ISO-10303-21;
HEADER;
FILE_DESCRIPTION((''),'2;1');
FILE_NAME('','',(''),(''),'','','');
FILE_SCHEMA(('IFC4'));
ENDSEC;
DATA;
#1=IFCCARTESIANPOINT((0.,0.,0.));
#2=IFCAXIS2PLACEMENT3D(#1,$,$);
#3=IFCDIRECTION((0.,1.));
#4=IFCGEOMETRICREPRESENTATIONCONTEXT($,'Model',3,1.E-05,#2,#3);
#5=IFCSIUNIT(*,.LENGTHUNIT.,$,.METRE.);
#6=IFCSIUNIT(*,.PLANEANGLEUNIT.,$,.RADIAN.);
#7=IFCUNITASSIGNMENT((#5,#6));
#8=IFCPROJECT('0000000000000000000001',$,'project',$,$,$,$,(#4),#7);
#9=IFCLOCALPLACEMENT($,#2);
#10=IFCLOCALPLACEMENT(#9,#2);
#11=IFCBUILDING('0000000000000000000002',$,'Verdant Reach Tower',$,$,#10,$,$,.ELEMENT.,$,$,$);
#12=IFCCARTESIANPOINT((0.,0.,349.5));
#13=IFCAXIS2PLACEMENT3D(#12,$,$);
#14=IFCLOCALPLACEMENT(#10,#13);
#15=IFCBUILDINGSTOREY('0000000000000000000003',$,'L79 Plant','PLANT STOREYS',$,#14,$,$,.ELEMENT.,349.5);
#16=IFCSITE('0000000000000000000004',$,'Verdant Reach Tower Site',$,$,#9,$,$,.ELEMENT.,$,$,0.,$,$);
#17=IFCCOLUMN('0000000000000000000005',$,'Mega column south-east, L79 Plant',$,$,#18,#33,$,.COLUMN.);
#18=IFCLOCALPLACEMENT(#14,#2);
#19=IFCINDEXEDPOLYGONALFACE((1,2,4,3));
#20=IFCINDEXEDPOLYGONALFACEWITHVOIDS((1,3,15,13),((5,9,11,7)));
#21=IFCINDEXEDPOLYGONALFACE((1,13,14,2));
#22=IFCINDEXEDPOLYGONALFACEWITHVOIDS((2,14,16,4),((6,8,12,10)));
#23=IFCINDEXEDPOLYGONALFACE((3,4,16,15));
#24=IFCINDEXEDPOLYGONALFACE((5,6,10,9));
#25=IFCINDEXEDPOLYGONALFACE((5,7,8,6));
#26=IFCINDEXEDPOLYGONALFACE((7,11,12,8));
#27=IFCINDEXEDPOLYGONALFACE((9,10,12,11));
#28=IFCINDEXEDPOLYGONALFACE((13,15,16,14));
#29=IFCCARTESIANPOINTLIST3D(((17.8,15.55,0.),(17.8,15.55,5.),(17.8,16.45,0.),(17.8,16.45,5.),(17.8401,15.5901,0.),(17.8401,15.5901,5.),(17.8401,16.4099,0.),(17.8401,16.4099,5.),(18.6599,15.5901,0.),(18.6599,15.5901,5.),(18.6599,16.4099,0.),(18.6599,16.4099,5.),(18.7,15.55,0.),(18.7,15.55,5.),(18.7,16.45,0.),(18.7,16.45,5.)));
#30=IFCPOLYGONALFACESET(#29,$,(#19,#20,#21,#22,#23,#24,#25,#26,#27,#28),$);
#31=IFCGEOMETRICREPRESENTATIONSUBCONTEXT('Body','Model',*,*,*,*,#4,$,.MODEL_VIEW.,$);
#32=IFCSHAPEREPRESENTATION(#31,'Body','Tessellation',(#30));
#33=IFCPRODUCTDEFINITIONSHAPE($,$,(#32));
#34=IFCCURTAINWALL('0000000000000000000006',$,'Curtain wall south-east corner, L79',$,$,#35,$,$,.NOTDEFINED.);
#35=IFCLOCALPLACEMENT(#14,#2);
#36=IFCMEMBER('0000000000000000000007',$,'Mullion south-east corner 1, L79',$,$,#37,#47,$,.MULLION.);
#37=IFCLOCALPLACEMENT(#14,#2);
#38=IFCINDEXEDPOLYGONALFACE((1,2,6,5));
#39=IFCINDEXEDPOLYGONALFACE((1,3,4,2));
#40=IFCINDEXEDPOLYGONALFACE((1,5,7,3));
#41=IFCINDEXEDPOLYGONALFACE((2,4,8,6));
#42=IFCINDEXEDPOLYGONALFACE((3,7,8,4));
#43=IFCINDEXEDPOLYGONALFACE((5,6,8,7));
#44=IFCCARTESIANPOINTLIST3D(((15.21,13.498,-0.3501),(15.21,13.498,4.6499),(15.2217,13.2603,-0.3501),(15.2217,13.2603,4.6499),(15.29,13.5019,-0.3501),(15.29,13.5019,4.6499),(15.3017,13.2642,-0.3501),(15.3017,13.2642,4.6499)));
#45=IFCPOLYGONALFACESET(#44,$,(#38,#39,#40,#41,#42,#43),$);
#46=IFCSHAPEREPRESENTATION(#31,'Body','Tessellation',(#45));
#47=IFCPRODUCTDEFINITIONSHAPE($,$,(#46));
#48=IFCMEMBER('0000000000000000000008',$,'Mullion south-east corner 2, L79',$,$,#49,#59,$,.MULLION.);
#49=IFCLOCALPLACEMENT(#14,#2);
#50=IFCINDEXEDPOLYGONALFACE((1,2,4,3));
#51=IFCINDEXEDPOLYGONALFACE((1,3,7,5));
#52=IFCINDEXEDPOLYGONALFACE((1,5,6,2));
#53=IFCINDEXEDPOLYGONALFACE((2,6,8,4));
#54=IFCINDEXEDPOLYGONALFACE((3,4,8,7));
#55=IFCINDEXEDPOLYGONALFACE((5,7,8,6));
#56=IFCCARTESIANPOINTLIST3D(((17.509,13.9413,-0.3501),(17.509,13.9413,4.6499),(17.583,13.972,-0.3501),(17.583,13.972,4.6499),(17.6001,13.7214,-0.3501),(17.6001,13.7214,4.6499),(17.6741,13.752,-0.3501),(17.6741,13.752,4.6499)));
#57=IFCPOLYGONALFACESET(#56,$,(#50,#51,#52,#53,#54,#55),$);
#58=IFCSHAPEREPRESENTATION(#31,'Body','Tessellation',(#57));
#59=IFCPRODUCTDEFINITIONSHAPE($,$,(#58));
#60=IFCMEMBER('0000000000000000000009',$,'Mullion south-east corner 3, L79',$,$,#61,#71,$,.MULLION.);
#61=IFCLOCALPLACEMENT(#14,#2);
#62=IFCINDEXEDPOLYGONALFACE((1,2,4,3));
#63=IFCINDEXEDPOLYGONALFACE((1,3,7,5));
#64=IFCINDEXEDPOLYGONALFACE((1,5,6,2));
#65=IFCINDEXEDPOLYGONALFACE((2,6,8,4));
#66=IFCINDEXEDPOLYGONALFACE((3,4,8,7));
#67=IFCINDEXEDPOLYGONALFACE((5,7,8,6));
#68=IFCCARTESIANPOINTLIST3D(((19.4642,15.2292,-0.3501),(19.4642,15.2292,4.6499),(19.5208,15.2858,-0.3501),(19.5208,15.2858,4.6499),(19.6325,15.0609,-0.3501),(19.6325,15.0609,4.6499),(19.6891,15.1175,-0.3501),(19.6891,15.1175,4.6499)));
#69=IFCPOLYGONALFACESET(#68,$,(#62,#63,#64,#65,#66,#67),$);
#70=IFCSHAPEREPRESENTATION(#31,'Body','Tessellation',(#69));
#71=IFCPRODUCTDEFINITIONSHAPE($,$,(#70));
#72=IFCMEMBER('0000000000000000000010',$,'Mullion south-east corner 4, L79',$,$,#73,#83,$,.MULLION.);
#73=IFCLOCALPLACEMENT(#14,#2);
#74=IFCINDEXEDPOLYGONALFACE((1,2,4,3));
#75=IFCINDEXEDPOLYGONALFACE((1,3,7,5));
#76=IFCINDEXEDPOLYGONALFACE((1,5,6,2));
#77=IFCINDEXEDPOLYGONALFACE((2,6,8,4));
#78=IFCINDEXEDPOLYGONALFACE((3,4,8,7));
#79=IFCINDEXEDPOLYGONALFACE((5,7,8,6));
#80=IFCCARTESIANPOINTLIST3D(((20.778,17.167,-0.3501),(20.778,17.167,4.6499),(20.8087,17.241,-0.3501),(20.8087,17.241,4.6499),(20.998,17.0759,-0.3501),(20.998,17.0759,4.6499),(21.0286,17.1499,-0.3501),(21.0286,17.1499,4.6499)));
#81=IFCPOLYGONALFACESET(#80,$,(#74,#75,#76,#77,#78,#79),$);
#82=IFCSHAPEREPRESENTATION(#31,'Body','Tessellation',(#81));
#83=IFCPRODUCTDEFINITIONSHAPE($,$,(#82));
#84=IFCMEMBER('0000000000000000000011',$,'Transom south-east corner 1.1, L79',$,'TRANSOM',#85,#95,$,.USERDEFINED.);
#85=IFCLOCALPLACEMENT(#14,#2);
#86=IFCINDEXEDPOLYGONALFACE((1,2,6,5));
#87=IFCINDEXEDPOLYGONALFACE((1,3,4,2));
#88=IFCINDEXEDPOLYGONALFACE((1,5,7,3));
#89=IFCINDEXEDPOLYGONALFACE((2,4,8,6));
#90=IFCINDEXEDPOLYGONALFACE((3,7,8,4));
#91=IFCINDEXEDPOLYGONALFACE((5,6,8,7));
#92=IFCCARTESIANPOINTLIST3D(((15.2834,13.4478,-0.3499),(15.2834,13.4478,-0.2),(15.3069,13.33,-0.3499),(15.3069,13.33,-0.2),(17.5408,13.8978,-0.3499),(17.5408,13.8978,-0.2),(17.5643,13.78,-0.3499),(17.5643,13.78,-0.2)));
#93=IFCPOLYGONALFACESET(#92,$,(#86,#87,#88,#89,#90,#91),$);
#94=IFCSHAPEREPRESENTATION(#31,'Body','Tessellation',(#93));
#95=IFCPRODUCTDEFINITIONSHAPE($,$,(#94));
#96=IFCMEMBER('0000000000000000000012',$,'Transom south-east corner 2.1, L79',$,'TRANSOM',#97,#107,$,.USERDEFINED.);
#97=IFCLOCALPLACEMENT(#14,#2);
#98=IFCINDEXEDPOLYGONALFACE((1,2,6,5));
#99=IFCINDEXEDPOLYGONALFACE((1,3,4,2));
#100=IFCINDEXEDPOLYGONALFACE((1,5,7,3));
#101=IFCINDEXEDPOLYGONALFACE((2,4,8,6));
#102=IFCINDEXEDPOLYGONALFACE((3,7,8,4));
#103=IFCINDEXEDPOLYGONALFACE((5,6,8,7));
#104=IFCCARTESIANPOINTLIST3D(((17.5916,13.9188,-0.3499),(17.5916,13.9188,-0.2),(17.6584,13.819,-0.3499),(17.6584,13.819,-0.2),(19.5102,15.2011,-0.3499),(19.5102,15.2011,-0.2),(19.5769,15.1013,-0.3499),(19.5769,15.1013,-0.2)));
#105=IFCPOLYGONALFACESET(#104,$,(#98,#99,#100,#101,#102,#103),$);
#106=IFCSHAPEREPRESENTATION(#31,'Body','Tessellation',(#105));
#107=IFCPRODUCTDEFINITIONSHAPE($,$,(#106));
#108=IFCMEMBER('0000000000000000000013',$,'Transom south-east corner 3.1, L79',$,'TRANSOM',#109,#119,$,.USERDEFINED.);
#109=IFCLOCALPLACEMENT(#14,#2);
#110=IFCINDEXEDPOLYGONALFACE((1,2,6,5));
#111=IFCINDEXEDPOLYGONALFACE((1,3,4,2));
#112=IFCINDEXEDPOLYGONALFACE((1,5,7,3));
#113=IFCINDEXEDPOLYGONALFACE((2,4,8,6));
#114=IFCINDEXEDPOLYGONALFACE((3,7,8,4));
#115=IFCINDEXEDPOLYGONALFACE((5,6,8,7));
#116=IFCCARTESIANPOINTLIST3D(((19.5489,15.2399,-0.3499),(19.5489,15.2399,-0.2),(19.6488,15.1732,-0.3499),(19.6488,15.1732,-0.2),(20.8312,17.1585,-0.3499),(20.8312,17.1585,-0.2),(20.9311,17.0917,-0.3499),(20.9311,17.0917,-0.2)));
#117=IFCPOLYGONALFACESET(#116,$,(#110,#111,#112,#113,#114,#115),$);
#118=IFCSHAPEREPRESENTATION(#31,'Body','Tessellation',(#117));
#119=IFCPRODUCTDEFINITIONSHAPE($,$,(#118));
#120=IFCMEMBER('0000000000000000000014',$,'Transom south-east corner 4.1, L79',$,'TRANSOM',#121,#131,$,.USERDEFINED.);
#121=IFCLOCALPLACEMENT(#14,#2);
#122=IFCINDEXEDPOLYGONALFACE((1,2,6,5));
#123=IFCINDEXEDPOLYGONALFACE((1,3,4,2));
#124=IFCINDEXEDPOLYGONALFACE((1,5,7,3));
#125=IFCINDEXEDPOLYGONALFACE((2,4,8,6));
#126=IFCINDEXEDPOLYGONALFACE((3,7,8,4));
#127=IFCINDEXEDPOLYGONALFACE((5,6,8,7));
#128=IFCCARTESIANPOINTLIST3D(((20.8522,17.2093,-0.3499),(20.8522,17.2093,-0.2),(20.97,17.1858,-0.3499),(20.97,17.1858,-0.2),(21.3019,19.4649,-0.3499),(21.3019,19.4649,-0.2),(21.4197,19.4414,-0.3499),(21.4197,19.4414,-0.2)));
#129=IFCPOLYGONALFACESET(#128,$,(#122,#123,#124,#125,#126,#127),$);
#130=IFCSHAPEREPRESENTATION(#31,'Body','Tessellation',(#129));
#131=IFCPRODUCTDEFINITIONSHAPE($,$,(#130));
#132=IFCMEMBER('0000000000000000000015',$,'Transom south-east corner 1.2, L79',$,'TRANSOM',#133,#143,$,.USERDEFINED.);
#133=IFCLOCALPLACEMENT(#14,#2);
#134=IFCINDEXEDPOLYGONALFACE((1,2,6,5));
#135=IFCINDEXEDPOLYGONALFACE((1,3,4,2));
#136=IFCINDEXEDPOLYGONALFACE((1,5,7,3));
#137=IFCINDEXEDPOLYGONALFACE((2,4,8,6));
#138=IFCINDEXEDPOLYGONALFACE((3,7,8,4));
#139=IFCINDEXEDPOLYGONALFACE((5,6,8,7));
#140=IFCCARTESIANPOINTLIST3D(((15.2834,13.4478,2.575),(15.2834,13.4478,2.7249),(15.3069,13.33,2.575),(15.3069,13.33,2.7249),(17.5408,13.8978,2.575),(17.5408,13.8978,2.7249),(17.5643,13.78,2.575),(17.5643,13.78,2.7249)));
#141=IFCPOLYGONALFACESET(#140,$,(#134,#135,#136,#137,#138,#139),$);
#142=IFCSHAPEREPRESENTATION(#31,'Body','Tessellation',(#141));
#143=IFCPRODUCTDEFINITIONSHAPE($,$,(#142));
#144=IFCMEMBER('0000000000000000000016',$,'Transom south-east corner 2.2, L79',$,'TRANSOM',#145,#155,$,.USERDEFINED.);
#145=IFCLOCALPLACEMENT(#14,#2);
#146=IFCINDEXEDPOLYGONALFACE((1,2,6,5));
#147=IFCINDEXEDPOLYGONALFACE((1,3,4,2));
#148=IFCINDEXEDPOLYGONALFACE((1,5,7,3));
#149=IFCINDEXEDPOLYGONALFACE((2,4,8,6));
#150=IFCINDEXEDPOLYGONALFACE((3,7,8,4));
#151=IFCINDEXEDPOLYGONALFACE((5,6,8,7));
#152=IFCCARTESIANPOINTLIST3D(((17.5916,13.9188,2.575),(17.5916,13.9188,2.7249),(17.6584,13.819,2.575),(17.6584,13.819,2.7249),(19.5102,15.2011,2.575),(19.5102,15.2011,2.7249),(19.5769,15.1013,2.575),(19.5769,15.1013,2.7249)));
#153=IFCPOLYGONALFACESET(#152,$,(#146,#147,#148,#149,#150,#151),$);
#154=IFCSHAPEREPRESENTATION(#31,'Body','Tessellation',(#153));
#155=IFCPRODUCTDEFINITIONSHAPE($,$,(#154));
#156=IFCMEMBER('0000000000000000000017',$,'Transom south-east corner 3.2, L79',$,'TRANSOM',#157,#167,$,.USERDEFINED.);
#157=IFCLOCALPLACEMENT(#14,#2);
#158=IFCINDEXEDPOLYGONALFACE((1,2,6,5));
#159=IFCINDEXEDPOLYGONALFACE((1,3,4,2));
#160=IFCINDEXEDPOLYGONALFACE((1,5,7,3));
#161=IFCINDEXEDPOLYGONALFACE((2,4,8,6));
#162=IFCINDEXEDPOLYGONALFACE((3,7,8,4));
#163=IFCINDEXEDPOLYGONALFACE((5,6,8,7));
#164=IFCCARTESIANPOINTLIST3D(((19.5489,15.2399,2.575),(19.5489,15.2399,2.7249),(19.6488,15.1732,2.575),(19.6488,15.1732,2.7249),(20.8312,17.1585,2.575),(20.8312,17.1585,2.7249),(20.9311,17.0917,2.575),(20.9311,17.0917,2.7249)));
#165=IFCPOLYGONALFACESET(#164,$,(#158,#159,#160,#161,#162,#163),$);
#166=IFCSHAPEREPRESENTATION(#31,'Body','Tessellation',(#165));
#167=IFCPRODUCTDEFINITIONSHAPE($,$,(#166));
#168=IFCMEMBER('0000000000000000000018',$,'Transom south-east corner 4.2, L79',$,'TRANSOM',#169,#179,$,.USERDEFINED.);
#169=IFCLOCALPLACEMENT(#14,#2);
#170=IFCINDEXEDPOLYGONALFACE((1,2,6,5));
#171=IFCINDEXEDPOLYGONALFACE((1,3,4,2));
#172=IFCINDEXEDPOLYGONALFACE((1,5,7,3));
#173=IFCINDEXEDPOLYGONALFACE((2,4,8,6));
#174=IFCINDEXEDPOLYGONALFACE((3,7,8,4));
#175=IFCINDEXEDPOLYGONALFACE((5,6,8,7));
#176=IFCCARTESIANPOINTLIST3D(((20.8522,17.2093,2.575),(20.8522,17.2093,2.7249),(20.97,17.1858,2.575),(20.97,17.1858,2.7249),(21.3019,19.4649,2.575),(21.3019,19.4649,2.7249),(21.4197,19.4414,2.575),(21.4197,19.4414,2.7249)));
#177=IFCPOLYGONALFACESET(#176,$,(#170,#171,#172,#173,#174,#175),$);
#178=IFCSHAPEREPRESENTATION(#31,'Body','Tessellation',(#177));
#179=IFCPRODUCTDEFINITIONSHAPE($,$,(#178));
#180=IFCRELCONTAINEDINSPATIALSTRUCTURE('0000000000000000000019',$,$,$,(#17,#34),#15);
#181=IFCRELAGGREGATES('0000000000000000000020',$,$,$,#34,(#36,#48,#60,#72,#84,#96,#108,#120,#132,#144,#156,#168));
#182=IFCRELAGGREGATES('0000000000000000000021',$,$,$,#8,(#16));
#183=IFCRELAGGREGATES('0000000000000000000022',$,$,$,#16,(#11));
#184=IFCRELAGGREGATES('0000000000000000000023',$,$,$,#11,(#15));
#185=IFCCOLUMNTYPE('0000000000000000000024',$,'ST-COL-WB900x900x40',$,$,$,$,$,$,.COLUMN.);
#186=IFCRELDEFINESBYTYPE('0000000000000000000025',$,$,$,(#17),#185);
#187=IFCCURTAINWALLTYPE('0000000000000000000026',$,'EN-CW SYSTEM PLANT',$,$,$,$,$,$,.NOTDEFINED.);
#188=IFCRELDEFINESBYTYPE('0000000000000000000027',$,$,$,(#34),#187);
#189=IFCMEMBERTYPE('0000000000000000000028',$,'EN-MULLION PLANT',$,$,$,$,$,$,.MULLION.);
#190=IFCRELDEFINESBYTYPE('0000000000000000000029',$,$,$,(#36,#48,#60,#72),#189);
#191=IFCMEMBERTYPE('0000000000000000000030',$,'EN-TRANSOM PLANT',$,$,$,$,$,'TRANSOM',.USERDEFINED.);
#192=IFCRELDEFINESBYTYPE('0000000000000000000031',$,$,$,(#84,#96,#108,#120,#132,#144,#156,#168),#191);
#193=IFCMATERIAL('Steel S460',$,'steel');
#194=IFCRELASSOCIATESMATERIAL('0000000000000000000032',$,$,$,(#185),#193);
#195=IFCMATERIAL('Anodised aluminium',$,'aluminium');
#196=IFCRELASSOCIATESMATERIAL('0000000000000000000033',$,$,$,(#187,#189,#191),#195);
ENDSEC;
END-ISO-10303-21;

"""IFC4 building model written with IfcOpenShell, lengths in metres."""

from ifc_helpers import new_model, si_unit, direction, frame, origin, origin_2d, place, context, subcontext, project, spatial, rectangle, hollow_rectangle, extrude, material, material_profile, profile_set, type_object, element, aggregate, save


model = new_model("IFC4")

# Units and contexts
model_context = context("Model", 3, precision=1e-05, world=origin(), true_north=direction((0.0, 1.0)))
body_context = subcontext(model_context, "Body", "Model", "MODEL_VIEW")
ifc_project = project(units=[si_unit("LENGTHUNIT", "METRE"), si_unit("PLANEANGLEUNIT", "RADIAN")], contexts=[model_context])

# Site, building, storey
site_placement = place(None, origin())
site = spatial("IfcSite", under=ifc_project, at=site_placement, Name="Verdant Reach Tower Site", CompositionType="ELEMENT", RefElevation=0.0)
building_placement = place(site_placement, origin())
building = spatial("IfcBuilding", under=site, at=building_placement, Name="Verdant Reach Tower", CompositionType="ELEMENT")
storey_placement = place(building_placement, frame((0.0, 0.0, 349.5)))
storey = spatial("IfcBuildingStorey", under=building, at=storey_placement, Name="L79 Plant", Description="PLANT STOREYS", CompositionType="ELEMENT", Elevation=349.5)

# Column
ifc_material_1 = material(Name="Steel S460", Category="steel")
ifc_material_profile_1 = material_profile(ifc_material_1, hollow_rectangle(XDim=0.8999, YDim=0.8999, WallThickness=0.04, at=origin_2d()), Name="WB 900x900x40")
ifc_profile_set_1 = profile_set([ifc_material_profile_1], Name="Steel S460")
column_type = type_object("IfcColumnType", Name="ST-COL-WB900x900x40", PredefinedType="COLUMN", material=ifc_profile_set_1)
column_placement = place(storey_placement, frame((18.25, 16.0, 0.0), z_axis=(0.0, 0.0, 1.0), x_axis=(1.0, 0.0, 0.0)))
element("IfcColumn", 1, at=column_placement, inside=storey, type_object=column_type, Name="Mega column south-east, L79 Plant", PredefinedType="COLUMN", context=body_context, shape_type="SweptSolid", body=[
    extrude(hollow_rectangle(XDim=0.8999, YDim=0.8999, WallThickness=0.04, at=origin_2d()), origin(), (0.0, 0.0, 1.0), 5.0),
])

# Curtain wall, members
ifc_material_2 = material(Name="Anodised aluminium", Category="aluminium")
curtain_wall_type = type_object("IfcCurtainWallType", Name="EN-CW SYSTEM PLANT", PredefinedType="NOTDEFINED", material=ifc_material_2)
curtain_wall_1_placement = place(storey_placement, origin())
curtain_wall_1 = element("IfcCurtainWall", 2, at=curtain_wall_1_placement, inside=storey, type_object=curtain_wall_type, Name="Curtain wall south-east corner, L79", PredefinedType="NOTDEFINED")
ifc_material_profile_2 = material_profile(ifc_material_2, rectangle(XDim=0.238, YDim=0.0801, at=origin_2d()), Name="Mullion 80x240")
ifc_profile_set_2 = profile_set([ifc_material_profile_2], Name="Anodised aluminium")
member_type_1 = type_object("IfcMemberType", Name="EN-MULLION PLANT", PredefinedType="MULLION", material=ifc_profile_set_2)
member_1_placement = place(storey_placement, frame((15.2559, 13.3811, -0.3501), z_axis=(0.0, 0.0, 1.0), x_axis=(0.049128, -0.998793, 0.0)))
member_1 = element("IfcMember", 3, at=member_1_placement, type_object=member_type_1, Name="Mullion south-east corner 1, L79", PredefinedType="MULLION", context=body_context, shape_type="SweptSolid", body=[
    extrude(rectangle(XDim=0.238, YDim=0.0801, at=origin_2d()), origin(), (0.0, 0.0, 1.0), 5.0),
])
member_2_placement = place(storey_placement, frame((17.5916, 13.8467, -0.3501), z_axis=(0.0, 0.0, 1.0), x_axis=(0.382694, -0.923875, 0.0)))
member_2 = element("IfcMember", 4, at=member_2_placement, type_object=member_type_1, Name="Mullion south-east corner 2, L79", PredefinedType="MULLION", context=body_context, shape_type="SweptSolid", body=[
    extrude(rectangle(XDim=0.238, YDim=0.0801, at=origin_2d()), origin(), (0.0, 0.0, 1.0), 5.0),
])
member_3_placement = place(storey_placement, frame((19.5767, 15.1733, -0.3501), z_axis=(0.0, 0.0, 1.0), x_axis=(0.707107, -0.707107, 0.0)))
member_3 = element("IfcMember", 5, at=member_3_placement, type_object=member_type_1, Name="Mullion south-east corner 3, L79", PredefinedType="MULLION", context=body_context, shape_type="SweptSolid", body=[
    extrude(rectangle(XDim=0.238, YDim=0.0801, at=origin_2d()), origin(), (0.0, 0.0, 1.0), 5.0),
])
member_4_placement = place(storey_placement, frame((20.9033, 17.1584, -0.3501), z_axis=(0.0, 0.0, 1.0), x_axis=(0.923875, -0.382694, 0.0)))
member_4 = element("IfcMember", 6, at=member_4_placement, type_object=member_type_1, Name="Mullion south-east corner 4, L79", PredefinedType="MULLION", context=body_context, shape_type="SweptSolid", body=[
    extrude(rectangle(XDim=0.238, YDim=0.0801, at=origin_2d()), origin(), (0.0, 0.0, 1.0), 5.0),
])
ifc_material_profile_3 = material_profile(ifc_material_2, rectangle(XDim=0.1201, YDim=0.1499, at=origin_2d()), Name="Transom 150x120")
ifc_profile_set_3 = profile_set([ifc_material_profile_3], Name="Anodised aluminium")
member_type_2 = type_object("IfcMemberType", Name="EN-TRANSOM PLANT", ElementType="TRANSOM", PredefinedType="USERDEFINED", material=ifc_profile_set_3)
member_5_placement = place(storey_placement, frame((15.2952, 13.3889, -0.2749), z_axis=(0.980707, 0.195484, 0.0), x_axis=(-0.195484, 0.980707, 0.0)))
member_5 = element("IfcMember", 7, at=member_5_placement, type_object=member_type_2, Name="Transom south-east corner 1.1, L79", ObjectType="TRANSOM", PredefinedType="USERDEFINED", context=body_context, shape_type="SweptSolid", body=[
    extrude(rectangle(XDim=0.1201, YDim=0.1499, at=origin_2d()), origin(), (0.0, 0.0, 1.0), 2.3018),
])
member_6_placement = place(storey_placement, frame((17.625, 13.8689, -0.2749), z_axis=(0.831399, 0.555676, 0.0), x_axis=(-0.555676, 0.831399, 0.0)))
member_6 = element("IfcMember", 8, at=member_6_placement, type_object=member_type_2, Name="Transom south-east corner 2.1, L79", ObjectType="TRANSOM", PredefinedType="USERDEFINED", context=body_context, shape_type="SweptSolid", body=[
    extrude(rectangle(XDim=0.1201, YDim=0.1499, at=origin_2d()), origin(), (0.0, 0.0, 1.0), 2.3076),
])
member_7_placement = place(storey_placement, frame((19.5989, 15.2065, -0.2749), z_axis=(0.555676, 0.831399, 0.0), x_axis=(-0.831399, 0.555676, 0.0)))
member_7 = element("IfcMember", 9, at=member_7_placement, type_object=member_type_2, Name="Transom south-east corner 3.1, L79", ObjectType="TRANSOM", PredefinedType="USERDEFINED", context=body_context, shape_type="SweptSolid", body=[
    extrude(rectangle(XDim=0.1201, YDim=0.1499, at=origin_2d()), origin(), (0.0, 0.0, 1.0), 2.3076),
])
member_8_placement = place(storey_placement, frame((20.9111, 17.1975, -0.2749), z_axis=(0.195524, 0.980699, 0.0), x_axis=(-0.980699, 0.195524, 0.0)))
member_8 = element("IfcMember", 10, at=member_8_placement, type_object=member_type_2, Name="Transom south-east corner 4.1, L79", ObjectType="TRANSOM", PredefinedType="USERDEFINED", context=body_context, shape_type="SweptSolid", body=[
    extrude(rectangle(XDim=0.1201, YDim=0.1499, at=origin_2d()), origin(), (0.0, 0.0, 1.0), 2.3),
])
member_9_placement = place(storey_placement, frame((15.2952, 13.3889, 2.6499), z_axis=(0.980707, 0.195484, 0.0), x_axis=(-0.195484, 0.980707, 0.0)))
member_9 = element("IfcMember", 11, at=member_9_placement, type_object=member_type_2, Name="Transom south-east corner 1.2, L79", ObjectType="TRANSOM", PredefinedType="USERDEFINED", context=body_context, shape_type="SweptSolid", body=[
    extrude(rectangle(XDim=0.1201, YDim=0.1499, at=origin_2d()), origin(), (0.0, 0.0, 1.0), 2.3018),
])
member_10_placement = place(storey_placement, frame((17.625, 13.8689, 2.6499), z_axis=(0.831399, 0.555676, 0.0), x_axis=(-0.555676, 0.831399, 0.0)))
member_10 = element("IfcMember", 12, at=member_10_placement, type_object=member_type_2, Name="Transom south-east corner 2.2, L79", ObjectType="TRANSOM", PredefinedType="USERDEFINED", context=body_context, shape_type="SweptSolid", body=[
    extrude(rectangle(XDim=0.1201, YDim=0.1499, at=origin_2d()), origin(), (0.0, 0.0, 1.0), 2.3076),
])
member_11_placement = place(storey_placement, frame((19.5989, 15.2065, 2.6499), z_axis=(0.555676, 0.831399, 0.0), x_axis=(-0.831399, 0.555676, 0.0)))
member_11 = element("IfcMember", 13, at=member_11_placement, type_object=member_type_2, Name="Transom south-east corner 3.2, L79", ObjectType="TRANSOM", PredefinedType="USERDEFINED", context=body_context, shape_type="SweptSolid", body=[
    extrude(rectangle(XDim=0.1201, YDim=0.1499, at=origin_2d()), origin(), (0.0, 0.0, 1.0), 2.3076),
])
member_12_placement = place(storey_placement, frame((20.9111, 17.1975, 2.6499), z_axis=(0.195524, 0.980699, 0.0), x_axis=(-0.980699, 0.195524, 0.0)))
member_12 = element("IfcMember", 14, at=member_12_placement, type_object=member_type_2, Name="Transom south-east corner 4.2, L79", ObjectType="TRANSOM", PredefinedType="USERDEFINED", context=body_context, shape_type="SweptSolid", body=[
    extrude(rectangle(XDim=0.1201, YDim=0.1499, at=origin_2d()), origin(), (0.0, 0.0, 1.0), 2.3),
])

aggregate(curtain_wall_1, [member_1, member_2, member_3, member_4, member_5, member_6, member_7, member_8, member_9, member_10, member_11, member_12])

save(model, "model.ifc")
